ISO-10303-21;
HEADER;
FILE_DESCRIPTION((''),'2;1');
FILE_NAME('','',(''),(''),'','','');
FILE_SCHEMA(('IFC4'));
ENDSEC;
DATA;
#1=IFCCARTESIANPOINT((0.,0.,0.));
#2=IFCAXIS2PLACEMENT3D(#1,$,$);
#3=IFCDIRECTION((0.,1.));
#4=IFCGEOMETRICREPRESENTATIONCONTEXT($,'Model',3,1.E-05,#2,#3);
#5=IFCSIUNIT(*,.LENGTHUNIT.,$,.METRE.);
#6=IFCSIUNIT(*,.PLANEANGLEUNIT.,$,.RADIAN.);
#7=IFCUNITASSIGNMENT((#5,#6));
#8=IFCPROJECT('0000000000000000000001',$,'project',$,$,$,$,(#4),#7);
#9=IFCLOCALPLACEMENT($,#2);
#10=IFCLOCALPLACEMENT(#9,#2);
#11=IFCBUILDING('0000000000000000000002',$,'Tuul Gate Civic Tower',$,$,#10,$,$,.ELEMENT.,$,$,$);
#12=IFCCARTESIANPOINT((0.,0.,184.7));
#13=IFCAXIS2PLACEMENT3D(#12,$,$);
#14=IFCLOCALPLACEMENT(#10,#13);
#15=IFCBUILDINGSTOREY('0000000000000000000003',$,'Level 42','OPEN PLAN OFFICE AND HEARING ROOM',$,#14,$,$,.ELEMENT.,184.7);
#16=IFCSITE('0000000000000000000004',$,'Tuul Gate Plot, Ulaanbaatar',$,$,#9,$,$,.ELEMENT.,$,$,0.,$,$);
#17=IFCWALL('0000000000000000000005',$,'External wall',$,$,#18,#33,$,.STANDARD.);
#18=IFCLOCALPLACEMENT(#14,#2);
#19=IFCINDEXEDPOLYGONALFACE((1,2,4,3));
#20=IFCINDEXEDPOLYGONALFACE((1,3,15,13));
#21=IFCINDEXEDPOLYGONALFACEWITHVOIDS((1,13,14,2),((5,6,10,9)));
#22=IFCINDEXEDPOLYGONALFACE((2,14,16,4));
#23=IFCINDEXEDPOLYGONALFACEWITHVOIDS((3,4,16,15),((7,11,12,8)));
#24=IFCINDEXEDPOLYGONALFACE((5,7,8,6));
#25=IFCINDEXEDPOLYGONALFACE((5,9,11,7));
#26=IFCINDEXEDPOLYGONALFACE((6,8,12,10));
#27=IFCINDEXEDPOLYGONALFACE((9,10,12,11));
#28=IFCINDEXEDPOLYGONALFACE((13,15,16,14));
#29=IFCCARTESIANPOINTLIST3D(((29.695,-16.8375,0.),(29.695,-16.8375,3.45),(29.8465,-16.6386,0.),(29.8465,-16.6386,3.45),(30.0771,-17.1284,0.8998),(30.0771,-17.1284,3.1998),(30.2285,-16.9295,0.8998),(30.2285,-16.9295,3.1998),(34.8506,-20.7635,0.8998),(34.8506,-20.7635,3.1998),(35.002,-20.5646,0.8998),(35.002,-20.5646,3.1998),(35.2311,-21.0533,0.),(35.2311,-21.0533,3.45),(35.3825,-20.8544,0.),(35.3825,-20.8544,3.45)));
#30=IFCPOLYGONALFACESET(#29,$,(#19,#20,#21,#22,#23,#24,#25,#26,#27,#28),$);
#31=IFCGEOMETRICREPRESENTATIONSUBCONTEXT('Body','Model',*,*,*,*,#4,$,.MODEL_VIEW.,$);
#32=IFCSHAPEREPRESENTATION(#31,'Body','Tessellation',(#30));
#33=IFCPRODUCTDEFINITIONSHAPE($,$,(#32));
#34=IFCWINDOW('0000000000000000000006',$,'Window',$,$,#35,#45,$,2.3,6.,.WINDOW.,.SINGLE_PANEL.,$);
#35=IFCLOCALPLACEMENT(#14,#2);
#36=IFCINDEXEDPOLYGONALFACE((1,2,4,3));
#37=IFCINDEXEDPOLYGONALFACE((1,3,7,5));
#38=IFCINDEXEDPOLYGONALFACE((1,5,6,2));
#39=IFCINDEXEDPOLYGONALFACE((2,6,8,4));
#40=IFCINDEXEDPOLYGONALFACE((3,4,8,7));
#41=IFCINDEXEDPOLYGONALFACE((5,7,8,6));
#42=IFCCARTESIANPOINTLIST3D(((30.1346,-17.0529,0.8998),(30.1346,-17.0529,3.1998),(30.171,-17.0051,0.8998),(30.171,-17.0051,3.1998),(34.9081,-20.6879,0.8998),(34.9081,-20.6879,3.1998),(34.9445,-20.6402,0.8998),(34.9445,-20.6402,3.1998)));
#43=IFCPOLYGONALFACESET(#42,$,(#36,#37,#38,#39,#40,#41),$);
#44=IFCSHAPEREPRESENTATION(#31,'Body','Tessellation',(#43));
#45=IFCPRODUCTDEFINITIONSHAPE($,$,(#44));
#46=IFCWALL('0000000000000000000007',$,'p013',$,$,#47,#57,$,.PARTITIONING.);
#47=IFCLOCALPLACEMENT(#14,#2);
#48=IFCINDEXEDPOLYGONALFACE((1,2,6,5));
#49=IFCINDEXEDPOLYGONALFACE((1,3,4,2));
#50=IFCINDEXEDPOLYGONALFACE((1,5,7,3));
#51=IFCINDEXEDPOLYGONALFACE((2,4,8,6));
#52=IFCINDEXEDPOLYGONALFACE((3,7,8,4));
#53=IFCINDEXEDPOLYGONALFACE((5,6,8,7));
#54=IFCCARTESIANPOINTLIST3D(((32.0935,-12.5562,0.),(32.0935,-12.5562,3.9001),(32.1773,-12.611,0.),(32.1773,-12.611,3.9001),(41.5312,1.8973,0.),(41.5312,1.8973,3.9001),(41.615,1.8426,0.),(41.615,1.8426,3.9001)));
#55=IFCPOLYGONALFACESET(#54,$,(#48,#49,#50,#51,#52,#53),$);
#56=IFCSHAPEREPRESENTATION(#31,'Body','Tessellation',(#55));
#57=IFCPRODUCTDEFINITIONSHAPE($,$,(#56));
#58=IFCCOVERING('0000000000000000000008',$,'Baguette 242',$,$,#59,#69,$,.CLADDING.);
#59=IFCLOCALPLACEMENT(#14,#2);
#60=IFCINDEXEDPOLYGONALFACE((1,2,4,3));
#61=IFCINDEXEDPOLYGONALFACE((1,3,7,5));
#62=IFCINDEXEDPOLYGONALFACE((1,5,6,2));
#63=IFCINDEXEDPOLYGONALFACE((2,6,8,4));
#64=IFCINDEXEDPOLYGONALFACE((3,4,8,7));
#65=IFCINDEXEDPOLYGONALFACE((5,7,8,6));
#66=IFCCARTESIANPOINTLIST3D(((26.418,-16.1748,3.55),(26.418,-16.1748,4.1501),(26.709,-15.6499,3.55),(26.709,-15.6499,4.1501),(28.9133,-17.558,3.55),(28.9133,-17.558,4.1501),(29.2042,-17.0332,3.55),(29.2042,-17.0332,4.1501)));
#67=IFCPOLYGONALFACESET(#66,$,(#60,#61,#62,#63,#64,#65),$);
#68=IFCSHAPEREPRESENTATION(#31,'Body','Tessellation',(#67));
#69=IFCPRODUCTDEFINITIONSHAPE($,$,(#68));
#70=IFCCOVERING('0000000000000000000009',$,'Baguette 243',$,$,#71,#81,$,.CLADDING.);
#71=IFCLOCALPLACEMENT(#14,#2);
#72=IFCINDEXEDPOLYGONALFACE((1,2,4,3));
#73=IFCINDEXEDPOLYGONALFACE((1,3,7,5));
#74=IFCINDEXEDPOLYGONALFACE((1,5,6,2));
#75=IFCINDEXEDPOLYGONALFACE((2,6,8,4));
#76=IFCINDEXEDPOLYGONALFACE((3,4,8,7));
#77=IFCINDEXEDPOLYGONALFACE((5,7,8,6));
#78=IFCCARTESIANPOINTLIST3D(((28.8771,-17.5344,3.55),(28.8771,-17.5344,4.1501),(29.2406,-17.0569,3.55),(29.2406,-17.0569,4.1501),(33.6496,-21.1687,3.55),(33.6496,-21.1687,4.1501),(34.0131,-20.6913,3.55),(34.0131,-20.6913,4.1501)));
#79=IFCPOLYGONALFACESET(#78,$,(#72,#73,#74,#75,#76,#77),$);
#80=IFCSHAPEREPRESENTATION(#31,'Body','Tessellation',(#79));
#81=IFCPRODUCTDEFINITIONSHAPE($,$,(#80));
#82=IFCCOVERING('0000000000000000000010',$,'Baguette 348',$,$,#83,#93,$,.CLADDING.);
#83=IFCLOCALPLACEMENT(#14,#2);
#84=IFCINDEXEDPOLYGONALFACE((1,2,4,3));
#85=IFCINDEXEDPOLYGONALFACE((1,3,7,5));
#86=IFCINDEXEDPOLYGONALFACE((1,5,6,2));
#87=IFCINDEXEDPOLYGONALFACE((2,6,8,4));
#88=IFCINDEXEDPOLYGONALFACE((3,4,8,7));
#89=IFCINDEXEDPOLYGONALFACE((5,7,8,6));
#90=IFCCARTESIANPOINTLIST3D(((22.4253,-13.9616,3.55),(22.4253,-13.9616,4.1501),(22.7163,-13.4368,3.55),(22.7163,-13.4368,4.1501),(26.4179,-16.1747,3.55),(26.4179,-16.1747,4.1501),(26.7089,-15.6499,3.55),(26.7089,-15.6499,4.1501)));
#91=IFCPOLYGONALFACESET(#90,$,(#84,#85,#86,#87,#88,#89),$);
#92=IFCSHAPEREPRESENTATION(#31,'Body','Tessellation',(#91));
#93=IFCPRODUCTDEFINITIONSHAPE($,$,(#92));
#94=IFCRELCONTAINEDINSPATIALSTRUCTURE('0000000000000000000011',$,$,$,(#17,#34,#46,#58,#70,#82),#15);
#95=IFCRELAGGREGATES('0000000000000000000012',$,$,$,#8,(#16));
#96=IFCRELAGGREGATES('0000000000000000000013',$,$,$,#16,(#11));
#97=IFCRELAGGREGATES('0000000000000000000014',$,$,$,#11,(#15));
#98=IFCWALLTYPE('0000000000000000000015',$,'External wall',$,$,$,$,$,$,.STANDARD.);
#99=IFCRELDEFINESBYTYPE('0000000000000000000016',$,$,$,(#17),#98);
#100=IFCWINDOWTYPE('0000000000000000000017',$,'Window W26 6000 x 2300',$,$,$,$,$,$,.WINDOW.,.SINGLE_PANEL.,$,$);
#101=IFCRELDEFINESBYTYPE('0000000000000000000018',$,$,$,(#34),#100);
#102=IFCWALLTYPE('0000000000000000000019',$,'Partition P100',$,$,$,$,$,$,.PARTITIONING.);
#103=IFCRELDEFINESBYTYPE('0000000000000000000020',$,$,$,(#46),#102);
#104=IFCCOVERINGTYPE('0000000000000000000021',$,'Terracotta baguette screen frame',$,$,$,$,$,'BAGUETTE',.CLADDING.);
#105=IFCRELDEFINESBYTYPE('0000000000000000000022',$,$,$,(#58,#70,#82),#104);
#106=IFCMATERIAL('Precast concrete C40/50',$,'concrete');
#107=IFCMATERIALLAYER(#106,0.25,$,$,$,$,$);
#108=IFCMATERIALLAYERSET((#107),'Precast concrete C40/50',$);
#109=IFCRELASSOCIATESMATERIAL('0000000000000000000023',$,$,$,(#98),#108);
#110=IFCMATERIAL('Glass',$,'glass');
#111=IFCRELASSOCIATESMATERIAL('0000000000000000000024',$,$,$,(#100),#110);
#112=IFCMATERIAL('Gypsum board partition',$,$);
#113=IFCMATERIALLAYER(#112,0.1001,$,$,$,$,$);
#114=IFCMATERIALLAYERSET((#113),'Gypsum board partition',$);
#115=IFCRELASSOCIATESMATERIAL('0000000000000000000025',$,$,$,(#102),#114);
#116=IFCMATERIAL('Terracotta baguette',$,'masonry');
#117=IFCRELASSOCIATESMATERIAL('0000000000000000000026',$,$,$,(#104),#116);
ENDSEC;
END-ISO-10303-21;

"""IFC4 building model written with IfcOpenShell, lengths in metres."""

from ifc_helpers import new_model, si_unit, direction, frame, frame_2d, origin, origin_2d, place, context, subcontext, project, spatial, rectangle, extrude, material, layer, layer_set, material_profile, profile_set, type_object, element, fill, save


model = new_model("IFC4")

# Units and contexts
model_context = context("Model", 3, precision=1e-05, world=origin(), true_north=direction((0.0, 1.0)))
body_context = subcontext(model_context, "Body", "Model", "MODEL_VIEW")
ifc_project = project(units=[si_unit("LENGTHUNIT", "METRE"), si_unit("PLANEANGLEUNIT", "RADIAN")], contexts=[model_context])

# Site, building, storey
site_placement = place(None, origin())
site = spatial("IfcSite", under=ifc_project, at=site_placement, Name="Tuul Gate Plot, Ulaanbaatar", CompositionType="ELEMENT", RefElevation=0.0)
building_placement = place(site_placement, origin())
building = spatial("IfcBuilding", under=site, at=building_placement, Name="Tuul Gate Civic Tower", CompositionType="ELEMENT")
storey_placement = place(building_placement, frame((0.0, 0.0, 184.7)))
storey = spatial("IfcBuildingStorey", under=building, at=storey_placement, Name="Level 42", Description="OPEN PLAN OFFICE AND HEARING ROOM", CompositionType="ELEMENT", Elevation=184.7)

# Wall, opening, window
ifc_material_1 = material(Name="Precast concrete C40/50", Category="concrete")
ifc_layer_1 = layer(ifc_material_1, 0.25)
ifc_layer_set_1 = layer_set([ifc_layer_1], Name="Precast concrete C40/50")
wall_type_1 = type_object("IfcWallType", Name="External wall", PredefinedType="STANDARD", material=ifc_layer_set_1)
ifc_material_2 = material(Name="Glass", Category="glass")
window_type = type_object("IfcWindowType", Name="Window W26 6000 x 2300", PartitioningType="SINGLE_PANEL", PredefinedType="WINDOW", material=ifc_material_2)
wall_1_placement = place(storey_placement, frame((29.7708, -16.738, 0.0), z_axis=(0.0, 0.0, 1.0), x_axis=(0.795583, -0.605844, 0.0)))
wall_1 = element("IfcWall", 1, at=wall_1_placement, inside=storey, type_object=wall_type_1, Name="External wall", PredefinedType="STANDARD", context=body_context, shape_type="SweptSolid", body=[
    extrude(rectangle(XDim=6.9585, YDim=0.25, at=frame_2d((3.4792, 0.0))), origin(), (0.0, 0.0, 1.0), 3.45),
])
opening_1_placement = place(wall_1_placement, frame((0.4802, 0.0, 0.8999)))
opening_1 = element("IfcOpeningElement", 2, at=opening_1_placement, cuts=wall_1, PredefinedType="OPENING", context=body_context, shape_type="SweptSolid", body=[
    extrude(rectangle(XDim=6.0, YDim=2.3, at=frame_2d((3.0, 1.1499))), frame((0.0, 0.135, 0.0), z_axis=(0.0, -1.0, 0.0), x_axis=(1.0, 0.0, 0.0)), (0.0, 0.0, 1.0), 0.27),
])
window_1_placement = place(opening_1_placement, origin())
window_1 = element("IfcWindow", 3, at=window_1_placement, inside=storey, type_object=window_type, Name="Window", OverallHeight=2.3, OverallWidth=6.0, PartitioningType="SINGLE_PANEL", PredefinedType="WINDOW", context=body_context, shape_type="SweptSolid", body=[
    extrude(rectangle(XDim=6.0, YDim=2.3, at=frame_2d((3.0, 1.1499))), frame((0.0, 0.03, 0.0), z_axis=(0.0, -1.0, 0.0), x_axis=(1.0, 0.0, 0.0)), (0.0, 0.0, 1.0), 0.0601),
])
fill(opening_1, window_1)

# Wall
ifc_material_3 = material(Name="Gypsum board partition")
ifc_layer_2 = layer(ifc_material_3, 0.1001)
ifc_layer_set_2 = layer_set([ifc_layer_2], Name="Gypsum board partition")
wall_type_2 = type_object("IfcWallType", Name="Partition P100", PredefinedType="PARTITIONING", material=ifc_layer_set_2)
wall_2_placement = place(storey_placement, frame((32.1355, -12.5835, 0.0), z_axis=(0.0, 0.0, 1.0), x_axis=(0.546734, 0.837306, 0.0)))
element("IfcWall", 4, at=wall_2_placement, inside=storey, type_object=wall_type_2, Name="p013", PredefinedType="PARTITIONING", context=body_context, shape_type="SweptSolid", body=[
    extrude(rectangle(XDim=17.262, YDim=0.1001, at=frame_2d((8.6309, 0.0))), origin(), (0.0, 0.0, 1.0), 3.9001),
])

# Coverings
ifc_material_4 = material(Name="Terracotta baguette", Category="masonry")
ifc_material_profile_1 = material_profile(ifc_material_4, rectangle(XDim=0.6001, YDim=0.6001, at=origin_2d()), Name="Terracotta baguette screen frame")
ifc_profile_set_1 = profile_set([ifc_material_profile_1], Name="Terracotta baguette")
covering_type = type_object("IfcCoveringType", Name="Terracotta baguette screen frame", ElementType="BAGUETTE", PredefinedType="CLADDING", material=ifc_profile_set_1)
covering_1_placement = place(storey_placement, frame((26.5635, -15.9124, 3.8501), z_axis=(0.874605, -0.484836, 0.0), x_axis=(0.484836, 0.874605, 0.0)))
element("IfcCovering", 5, at=covering_1_placement, inside=storey, type_object=covering_type, Name="Baguette 242", PredefinedType="CLADDING", context=body_context, shape_type="SweptSolid", body=[
    extrude(rectangle(XDim=0.6001, YDim=0.6001, at=origin_2d()), origin(), (0.0, 0.0, 1.0), 2.853),
])
covering_2_placement = place(storey_placement, frame((29.0588, -17.2957, 3.8501), z_axis=(0.795583, -0.605845, 0.0), x_axis=(0.605845, 0.795583, 0.0)))
element("IfcCovering", 6, at=covering_2_placement, inside=storey, type_object=covering_type, Name="Baguette 243", PredefinedType="CLADDING", context=body_context, shape_type="SweptSolid", body=[
    extrude(rectangle(XDim=0.6001, YDim=0.6001, at=origin_2d()), origin(), (0.0, 0.0, 1.0), 5.9988),
])
covering_3_placement = place(storey_placement, frame((22.5708, -13.6992, 3.8501), z_axis=(0.874624, -0.484803, 0.0), x_axis=(0.484803, 0.874624, 0.0)))
element("IfcCovering", 7, at=covering_3_placement, inside=storey, type_object=covering_type, Name="Baguette 348", PredefinedType="CLADDING", context=body_context, shape_type="SweptSolid", body=[
    extrude(rectangle(XDim=0.6001, YDim=0.6001, at=origin_2d()), origin(), (0.0, 0.0, 1.0), 4.5649),
])

save(model, "model.ifc")
